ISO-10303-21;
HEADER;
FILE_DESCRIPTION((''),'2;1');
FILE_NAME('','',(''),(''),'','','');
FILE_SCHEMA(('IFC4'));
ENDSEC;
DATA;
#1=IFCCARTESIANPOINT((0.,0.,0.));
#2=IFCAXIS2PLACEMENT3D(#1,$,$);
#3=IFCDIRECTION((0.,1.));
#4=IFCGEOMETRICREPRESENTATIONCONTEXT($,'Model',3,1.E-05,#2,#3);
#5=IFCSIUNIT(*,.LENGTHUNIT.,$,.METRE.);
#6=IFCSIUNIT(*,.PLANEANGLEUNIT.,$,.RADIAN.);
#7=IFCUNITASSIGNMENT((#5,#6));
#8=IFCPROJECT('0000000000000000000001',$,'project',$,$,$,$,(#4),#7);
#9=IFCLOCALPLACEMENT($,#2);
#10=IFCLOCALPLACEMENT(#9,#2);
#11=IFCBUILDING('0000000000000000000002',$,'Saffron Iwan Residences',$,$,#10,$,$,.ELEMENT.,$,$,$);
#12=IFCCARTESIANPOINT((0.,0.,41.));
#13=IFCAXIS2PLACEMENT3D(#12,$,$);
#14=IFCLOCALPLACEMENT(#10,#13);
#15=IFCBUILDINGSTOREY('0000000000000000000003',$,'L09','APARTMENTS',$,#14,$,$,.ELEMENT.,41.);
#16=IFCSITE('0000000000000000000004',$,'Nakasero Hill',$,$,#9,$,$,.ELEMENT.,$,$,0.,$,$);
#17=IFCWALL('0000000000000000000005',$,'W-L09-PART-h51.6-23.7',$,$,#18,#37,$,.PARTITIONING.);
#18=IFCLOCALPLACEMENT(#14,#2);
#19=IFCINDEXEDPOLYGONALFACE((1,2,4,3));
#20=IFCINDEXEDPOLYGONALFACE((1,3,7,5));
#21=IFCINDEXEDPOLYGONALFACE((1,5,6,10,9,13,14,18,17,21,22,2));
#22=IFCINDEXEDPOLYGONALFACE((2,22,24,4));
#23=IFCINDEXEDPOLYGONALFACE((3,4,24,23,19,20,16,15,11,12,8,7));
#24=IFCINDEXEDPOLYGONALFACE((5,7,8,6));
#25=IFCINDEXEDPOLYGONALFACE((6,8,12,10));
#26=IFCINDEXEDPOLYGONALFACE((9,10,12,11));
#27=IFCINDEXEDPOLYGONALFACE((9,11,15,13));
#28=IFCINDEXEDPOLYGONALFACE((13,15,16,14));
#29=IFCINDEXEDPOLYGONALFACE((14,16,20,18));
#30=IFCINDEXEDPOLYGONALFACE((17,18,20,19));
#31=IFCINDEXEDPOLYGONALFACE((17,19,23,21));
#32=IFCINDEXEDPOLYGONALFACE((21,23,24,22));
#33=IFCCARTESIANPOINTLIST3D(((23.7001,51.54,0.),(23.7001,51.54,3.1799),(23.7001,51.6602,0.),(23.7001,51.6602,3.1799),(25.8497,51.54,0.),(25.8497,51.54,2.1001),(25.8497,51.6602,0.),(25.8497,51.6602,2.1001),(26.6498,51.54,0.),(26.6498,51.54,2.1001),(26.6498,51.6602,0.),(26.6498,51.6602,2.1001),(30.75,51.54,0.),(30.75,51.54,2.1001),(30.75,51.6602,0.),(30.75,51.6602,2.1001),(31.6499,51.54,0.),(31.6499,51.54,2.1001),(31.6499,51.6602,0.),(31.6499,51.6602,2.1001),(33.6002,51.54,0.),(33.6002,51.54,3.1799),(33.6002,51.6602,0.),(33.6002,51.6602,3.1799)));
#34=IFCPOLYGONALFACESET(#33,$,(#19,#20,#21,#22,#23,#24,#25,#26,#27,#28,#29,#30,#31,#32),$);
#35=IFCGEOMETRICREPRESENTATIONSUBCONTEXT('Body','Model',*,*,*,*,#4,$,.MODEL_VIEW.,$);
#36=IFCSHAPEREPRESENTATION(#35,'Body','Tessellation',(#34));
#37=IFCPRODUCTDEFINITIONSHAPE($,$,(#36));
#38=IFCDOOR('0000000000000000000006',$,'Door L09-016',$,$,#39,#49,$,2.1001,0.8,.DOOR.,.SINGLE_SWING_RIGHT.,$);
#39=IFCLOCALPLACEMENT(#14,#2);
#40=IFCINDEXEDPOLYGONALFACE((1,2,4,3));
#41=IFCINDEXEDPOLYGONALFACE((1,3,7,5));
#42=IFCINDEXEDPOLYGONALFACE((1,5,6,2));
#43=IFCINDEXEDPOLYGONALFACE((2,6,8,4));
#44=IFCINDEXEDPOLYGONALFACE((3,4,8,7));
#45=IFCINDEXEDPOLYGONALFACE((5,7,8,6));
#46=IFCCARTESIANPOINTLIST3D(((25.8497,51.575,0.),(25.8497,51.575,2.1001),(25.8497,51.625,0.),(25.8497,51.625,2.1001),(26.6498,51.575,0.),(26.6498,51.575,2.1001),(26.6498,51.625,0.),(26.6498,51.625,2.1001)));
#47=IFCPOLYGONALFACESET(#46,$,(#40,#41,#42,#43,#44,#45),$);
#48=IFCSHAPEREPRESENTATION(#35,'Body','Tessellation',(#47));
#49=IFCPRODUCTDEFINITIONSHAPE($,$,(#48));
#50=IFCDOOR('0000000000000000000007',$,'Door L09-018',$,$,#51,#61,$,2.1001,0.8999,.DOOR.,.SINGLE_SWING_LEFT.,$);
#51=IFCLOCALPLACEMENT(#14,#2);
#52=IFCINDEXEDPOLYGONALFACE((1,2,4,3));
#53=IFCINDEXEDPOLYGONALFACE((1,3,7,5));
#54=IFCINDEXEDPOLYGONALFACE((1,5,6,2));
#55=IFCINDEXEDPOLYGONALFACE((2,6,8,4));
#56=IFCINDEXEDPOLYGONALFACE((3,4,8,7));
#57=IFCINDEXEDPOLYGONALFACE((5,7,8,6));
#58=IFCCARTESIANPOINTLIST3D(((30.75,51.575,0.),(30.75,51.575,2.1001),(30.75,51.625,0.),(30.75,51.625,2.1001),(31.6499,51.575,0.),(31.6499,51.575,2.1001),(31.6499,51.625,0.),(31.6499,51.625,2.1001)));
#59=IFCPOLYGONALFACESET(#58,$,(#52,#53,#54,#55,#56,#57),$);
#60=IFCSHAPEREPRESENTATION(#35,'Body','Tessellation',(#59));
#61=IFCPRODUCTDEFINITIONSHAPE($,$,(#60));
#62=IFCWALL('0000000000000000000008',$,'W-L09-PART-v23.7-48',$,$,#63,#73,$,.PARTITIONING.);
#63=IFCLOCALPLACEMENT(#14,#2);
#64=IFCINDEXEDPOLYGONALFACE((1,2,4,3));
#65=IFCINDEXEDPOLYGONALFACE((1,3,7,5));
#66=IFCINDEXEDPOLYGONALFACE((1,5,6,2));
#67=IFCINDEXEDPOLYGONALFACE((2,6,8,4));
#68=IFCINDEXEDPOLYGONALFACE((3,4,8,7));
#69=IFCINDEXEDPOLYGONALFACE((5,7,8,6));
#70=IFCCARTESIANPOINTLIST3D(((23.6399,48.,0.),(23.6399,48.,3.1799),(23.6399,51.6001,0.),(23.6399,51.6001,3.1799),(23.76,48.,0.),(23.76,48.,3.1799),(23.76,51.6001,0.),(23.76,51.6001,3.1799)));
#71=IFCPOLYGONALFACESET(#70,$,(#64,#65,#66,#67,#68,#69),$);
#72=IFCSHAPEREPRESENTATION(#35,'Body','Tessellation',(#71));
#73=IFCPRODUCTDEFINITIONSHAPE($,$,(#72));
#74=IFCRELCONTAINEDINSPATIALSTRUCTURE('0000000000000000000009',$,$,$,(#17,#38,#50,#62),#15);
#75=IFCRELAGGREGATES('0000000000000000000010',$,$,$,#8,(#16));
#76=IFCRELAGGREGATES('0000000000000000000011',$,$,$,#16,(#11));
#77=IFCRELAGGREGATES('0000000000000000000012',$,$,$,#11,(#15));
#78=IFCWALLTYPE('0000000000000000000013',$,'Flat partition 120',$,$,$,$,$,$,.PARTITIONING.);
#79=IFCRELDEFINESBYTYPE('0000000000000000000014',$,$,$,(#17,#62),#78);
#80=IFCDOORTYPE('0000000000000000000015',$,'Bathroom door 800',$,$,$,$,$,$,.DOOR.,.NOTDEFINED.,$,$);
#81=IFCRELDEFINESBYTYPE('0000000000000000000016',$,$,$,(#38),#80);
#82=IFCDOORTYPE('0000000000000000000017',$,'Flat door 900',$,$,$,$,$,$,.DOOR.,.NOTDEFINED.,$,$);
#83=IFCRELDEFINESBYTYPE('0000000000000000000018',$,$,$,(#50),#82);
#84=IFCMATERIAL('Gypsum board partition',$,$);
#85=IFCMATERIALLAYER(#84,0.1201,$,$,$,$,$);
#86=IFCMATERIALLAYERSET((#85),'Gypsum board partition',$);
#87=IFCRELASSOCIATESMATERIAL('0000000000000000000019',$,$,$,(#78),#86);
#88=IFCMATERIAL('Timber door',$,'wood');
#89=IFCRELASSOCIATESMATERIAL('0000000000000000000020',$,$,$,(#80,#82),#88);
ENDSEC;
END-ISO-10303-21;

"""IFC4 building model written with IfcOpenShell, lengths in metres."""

from ifc_helpers import new_model, si_unit, direction, frame, frame_2d, origin, place, context, subcontext, project, spatial, rectangle, extrude, material, layer, layer_set, type_object, element, fill, save


model = new_model("IFC4")

# Units and contexts
model_context = context("Model", 3, precision=1e-05, world=origin(), true_north=direction((0.0, 1.0)))
body_context = subcontext(model_context, "Body", "Model", "MODEL_VIEW")
ifc_project = project(units=[si_unit("LENGTHUNIT", "METRE"), si_unit("PLANEANGLEUNIT", "RADIAN")], contexts=[model_context])

# Site, building, storey
site_placement = place(None, origin())
site = spatial("IfcSite", under=ifc_project, at=site_placement, Name="Nakasero Hill", CompositionType="ELEMENT", RefElevation=0.0)
building_placement = place(site_placement, origin())
building = spatial("IfcBuilding", under=site, at=building_placement, Name="Saffron Iwan Residences", CompositionType="ELEMENT")
storey_placement = place(building_placement, frame((0.0, 0.0, 41.0)))
storey = spatial("IfcBuildingStorey", under=building, at=storey_placement, Name="L09", Description="APARTMENTS", CompositionType="ELEMENT", Elevation=41.0)

# Shared definitions
ifc_material_1 = material(Name="Gypsum board partition")
ifc_layer_1 = layer(ifc_material_1, 0.1201)
ifc_layer_set_1 = layer_set([ifc_layer_1], Name="Gypsum board partition")
wall_type_1 = type_object("IfcWallType", Name="Flat partition 120", PredefinedType="PARTITIONING", material=ifc_layer_set_1)

# Wall, openings, doors
wall_1_placement = place(storey_placement, frame((23.7, 51.6001, 0.0), z_axis=(0.0, 0.0, 1.0), x_axis=(1.0, 0.0, 0.0)))
wall_1 = element("IfcWall", 1, at=wall_1_placement, inside=storey, type_object=wall_type_1, Name="W-L09-PART-h51.6-23.7", PredefinedType="PARTITIONING", context=body_context, shape_type="SweptSolid", body=[
    extrude(rectangle(XDim=9.9001, YDim=0.1201, at=frame_2d((4.9502, 0.0))), origin(), (0.0, 0.0, 1.0), 3.1799),
])
opening_1_placement = place(wall_1_placement, frame((2.1499, 0.0, 0.0)))
opening_1 = element("IfcOpeningElement", 2, at=opening_1_placement, cuts=wall_1, PredefinedType="OPENING", context=body_context, shape_type="SweptSolid", body=[
    extrude(rectangle(XDim=0.8, YDim=2.1001, at=frame_2d((0.3999, 1.05))), frame((0.0, 0.0701, 0.0), z_axis=(0.0, -1.0, 0.0), x_axis=(1.0, 0.0, 0.0)), (0.0, 0.0, 1.0), 0.1401),
])
opening_2_placement = place(wall_1_placement, frame((7.05, 0.0, 0.0)))
opening_2 = element("IfcOpeningElement", 3, at=opening_2_placement, cuts=wall_1, PredefinedType="OPENING", context=body_context, shape_type="SweptSolid", body=[
    extrude(rectangle(XDim=0.8999, YDim=2.1001, at=frame_2d((0.45, 1.05))), frame((0.0, 0.0701, 0.0), z_axis=(0.0, -1.0, 0.0), x_axis=(1.0, 0.0, 0.0)), (0.0, 0.0, 1.0), 0.1401),
])
ifc_material_2 = material(Name="Timber door", Category="wood")
door_type_1 = type_object("IfcDoorType", Name="Bathroom door 800", OperationType="NOTDEFINED", PredefinedType="DOOR", material=ifc_material_2)
door_1_placement = place(opening_1_placement, origin())
door_1 = element("IfcDoor", 4, at=door_1_placement, inside=storey, type_object=door_type_1, Name="Door L09-016", OperationType="SINGLE_SWING_RIGHT", OverallHeight=2.1001, OverallWidth=0.8, PredefinedType="DOOR", context=body_context, shape_type="SweptSolid", body=[
    extrude(rectangle(XDim=0.8, YDim=2.1001, at=frame_2d((0.3999, 1.05))), frame((0.0, 0.0249, 0.0), z_axis=(0.0, -1.0, 0.0), x_axis=(1.0, 0.0, 0.0)), (0.0, 0.0, 1.0), 0.05),
])
fill(opening_1, door_1)
door_type_2 = type_object("IfcDoorType", Name="Flat door 900", OperationType="NOTDEFINED", PredefinedType="DOOR", material=ifc_material_2)
door_2_placement = place(opening_2_placement, origin())
door_2 = element("IfcDoor", 5, at=door_2_placement, inside=storey, type_object=door_type_2, Name="Door L09-018", OperationType="SINGLE_SWING_LEFT", OverallHeight=2.1001, OverallWidth=0.8999, PredefinedType="DOOR", context=body_context, shape_type="SweptSolid", body=[
    extrude(rectangle(XDim=0.8999, YDim=2.1001, at=frame_2d((0.45, 1.05))), frame((0.0, 0.0249, 0.0), z_axis=(0.0, -1.0, 0.0), x_axis=(1.0, 0.0, 0.0)), (0.0, 0.0, 1.0), 0.05),
])
fill(opening_2, door_2)

# Wall
wall_2_placement = place(storey_placement, frame((23.7, 48.0, 0.0), z_axis=(0.0, 0.0, 1.0), x_axis=(0.0, 1.0, 0.0)))
element("IfcWall", 6, at=wall_2_placement, inside=storey, type_object=wall_type_1, Name="W-L09-PART-v23.7-48", PredefinedType="PARTITIONING", context=body_context, shape_type="SweptSolid", body=[
    extrude(rectangle(XDim=3.6001, YDim=0.1201, at=frame_2d((1.8, 0.0))), origin(), (0.0, 0.0, 1.0), 3.1799),
])

save(model, "model.ifc")
